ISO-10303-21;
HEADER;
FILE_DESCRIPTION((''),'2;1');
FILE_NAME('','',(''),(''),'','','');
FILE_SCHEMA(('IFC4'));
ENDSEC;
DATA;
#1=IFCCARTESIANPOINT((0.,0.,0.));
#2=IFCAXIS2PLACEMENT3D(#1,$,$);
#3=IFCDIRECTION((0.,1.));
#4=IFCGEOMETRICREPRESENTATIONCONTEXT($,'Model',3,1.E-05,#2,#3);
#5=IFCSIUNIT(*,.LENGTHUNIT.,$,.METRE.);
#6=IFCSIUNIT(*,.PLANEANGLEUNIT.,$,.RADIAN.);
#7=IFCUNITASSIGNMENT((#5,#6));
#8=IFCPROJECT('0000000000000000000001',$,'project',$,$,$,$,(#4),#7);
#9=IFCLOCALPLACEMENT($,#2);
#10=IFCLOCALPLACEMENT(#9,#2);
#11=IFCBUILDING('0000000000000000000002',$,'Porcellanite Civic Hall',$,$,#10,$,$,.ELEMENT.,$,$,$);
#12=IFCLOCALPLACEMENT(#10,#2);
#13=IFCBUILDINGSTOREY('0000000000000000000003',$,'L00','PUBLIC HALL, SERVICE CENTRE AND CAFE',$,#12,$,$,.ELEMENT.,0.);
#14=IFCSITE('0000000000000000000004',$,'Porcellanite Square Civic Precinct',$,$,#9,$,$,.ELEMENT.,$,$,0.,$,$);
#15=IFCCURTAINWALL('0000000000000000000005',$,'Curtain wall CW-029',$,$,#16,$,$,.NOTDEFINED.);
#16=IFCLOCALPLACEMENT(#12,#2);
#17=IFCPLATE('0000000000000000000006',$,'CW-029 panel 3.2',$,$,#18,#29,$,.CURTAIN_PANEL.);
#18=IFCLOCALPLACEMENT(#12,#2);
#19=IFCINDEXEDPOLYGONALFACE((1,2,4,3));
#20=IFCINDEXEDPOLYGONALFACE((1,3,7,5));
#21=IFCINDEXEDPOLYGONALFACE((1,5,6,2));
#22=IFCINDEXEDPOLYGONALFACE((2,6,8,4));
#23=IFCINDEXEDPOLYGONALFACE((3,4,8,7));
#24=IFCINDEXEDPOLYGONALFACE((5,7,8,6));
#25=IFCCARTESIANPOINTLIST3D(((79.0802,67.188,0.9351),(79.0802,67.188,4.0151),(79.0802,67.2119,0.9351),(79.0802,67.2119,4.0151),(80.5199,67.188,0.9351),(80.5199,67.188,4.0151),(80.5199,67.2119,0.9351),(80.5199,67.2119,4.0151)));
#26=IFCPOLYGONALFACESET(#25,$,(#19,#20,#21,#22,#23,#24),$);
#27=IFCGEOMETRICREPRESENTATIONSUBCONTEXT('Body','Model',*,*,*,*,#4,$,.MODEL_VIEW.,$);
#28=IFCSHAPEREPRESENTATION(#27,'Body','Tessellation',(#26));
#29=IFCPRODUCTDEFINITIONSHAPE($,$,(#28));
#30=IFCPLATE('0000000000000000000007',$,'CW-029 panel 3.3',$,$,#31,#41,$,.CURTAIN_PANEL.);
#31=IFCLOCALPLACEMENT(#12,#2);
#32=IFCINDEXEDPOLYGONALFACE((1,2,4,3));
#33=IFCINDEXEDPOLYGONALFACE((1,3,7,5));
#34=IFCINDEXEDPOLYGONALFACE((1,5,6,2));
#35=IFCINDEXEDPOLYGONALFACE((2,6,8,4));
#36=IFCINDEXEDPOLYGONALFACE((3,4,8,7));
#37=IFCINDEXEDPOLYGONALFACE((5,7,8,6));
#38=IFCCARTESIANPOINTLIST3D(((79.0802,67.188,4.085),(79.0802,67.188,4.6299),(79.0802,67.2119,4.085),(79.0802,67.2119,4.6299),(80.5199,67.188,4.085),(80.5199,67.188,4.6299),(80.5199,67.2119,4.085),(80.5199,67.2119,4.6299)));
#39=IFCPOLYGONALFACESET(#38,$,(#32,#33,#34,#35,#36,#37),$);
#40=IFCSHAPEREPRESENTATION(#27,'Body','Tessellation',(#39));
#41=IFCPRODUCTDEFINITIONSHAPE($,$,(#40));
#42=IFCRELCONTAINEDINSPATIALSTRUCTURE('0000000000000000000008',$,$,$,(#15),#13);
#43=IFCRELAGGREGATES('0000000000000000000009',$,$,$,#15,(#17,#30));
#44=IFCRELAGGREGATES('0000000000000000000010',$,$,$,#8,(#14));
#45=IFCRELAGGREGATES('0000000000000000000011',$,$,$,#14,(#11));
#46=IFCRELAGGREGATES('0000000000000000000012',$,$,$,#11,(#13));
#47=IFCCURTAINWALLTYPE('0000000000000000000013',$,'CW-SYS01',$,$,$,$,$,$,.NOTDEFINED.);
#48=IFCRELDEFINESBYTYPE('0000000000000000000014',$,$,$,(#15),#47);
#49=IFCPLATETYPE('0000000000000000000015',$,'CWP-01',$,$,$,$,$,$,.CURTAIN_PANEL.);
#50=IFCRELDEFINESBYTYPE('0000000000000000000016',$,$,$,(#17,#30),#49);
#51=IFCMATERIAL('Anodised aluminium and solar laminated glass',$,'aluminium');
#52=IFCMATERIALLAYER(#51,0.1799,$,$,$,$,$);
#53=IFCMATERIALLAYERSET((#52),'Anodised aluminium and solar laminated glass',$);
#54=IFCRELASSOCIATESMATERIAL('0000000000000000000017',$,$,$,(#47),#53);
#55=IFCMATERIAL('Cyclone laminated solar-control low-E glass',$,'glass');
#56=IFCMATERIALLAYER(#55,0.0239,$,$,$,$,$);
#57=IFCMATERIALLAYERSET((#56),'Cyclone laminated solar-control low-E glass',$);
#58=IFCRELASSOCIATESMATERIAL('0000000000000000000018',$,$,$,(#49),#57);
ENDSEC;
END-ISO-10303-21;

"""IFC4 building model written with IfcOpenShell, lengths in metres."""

from ifc_helpers import new_model, si_unit, direction, frame, origin, origin_2d, place, context, subcontext, project, spatial, rectangle, extrude, material, layer, layer_set, type_object, element, aggregate, save


model = new_model("IFC4")

# Units and contexts
model_context = context("Model", 3, precision=1e-05, world=origin(), true_north=direction((0.0, 1.0)))
body_context = subcontext(model_context, "Body", "Model", "MODEL_VIEW")
ifc_project = project(units=[si_unit("LENGTHUNIT", "METRE"), si_unit("PLANEANGLEUNIT", "RADIAN")], contexts=[model_context])

# Site, building, storey
site_placement = place(None, origin())
site = spatial("IfcSite", under=ifc_project, at=site_placement, Name="Porcellanite Square Civic Precinct", CompositionType="ELEMENT", RefElevation=0.0)
building_placement = place(site_placement, origin())
building = spatial("IfcBuilding", under=site, at=building_placement, Name="Porcellanite Civic Hall", CompositionType="ELEMENT")
storey_placement = place(building_placement, origin())
storey = spatial("IfcBuildingStorey", under=building, at=storey_placement, Name="L00", Description="PUBLIC HALL, SERVICE CENTRE AND CAFE", CompositionType="ELEMENT", Elevation=0.0)

# Curtain wall
ifc_material_1 = material(Name="Anodised aluminium and solar laminated glass", Category="aluminium")
ifc_layer_1 = layer(ifc_material_1, 0.1799)
ifc_layer_set_1 = layer_set([ifc_layer_1], Name="Anodised aluminium and solar laminated glass")
curtain_wall_type = type_object("IfcCurtainWallType", Name="CW-SYS01", PredefinedType="NOTDEFINED", material=ifc_layer_set_1)
curtain_wall_placement = place(storey_placement, origin())
curtain_wall = element("IfcCurtainWall", 1, at=curtain_wall_placement, inside=storey, type_object=curtain_wall_type, Name="Curtain wall CW-029", PredefinedType="NOTDEFINED")

# Plates
ifc_material_2 = material(Name="Cyclone laminated solar-control low-E glass", Category="glass")
ifc_layer_2 = layer(ifc_material_2, 0.0239)
ifc_layer_set_2 = layer_set([ifc_layer_2], Name="Cyclone laminated solar-control low-E glass")
plate_type = type_object("IfcPlateType", Name="CWP-01", PredefinedType="CURTAIN_PANEL", material=ifc_layer_set_2)
plate_1_placement = place(storey_placement, frame((79.8, 67.2, 0.9351), z_axis=(0.0, 0.0, 1.0), x_axis=(1.0, 0.0, 0.0)))
plate_1 = element("IfcPlate", 2, at=plate_1_placement, type_object=plate_type, Name="CW-029 panel 3.2", PredefinedType="CURTAIN_PANEL", context=body_context, shape_type="SweptSolid", body=[
    extrude(rectangle(XDim=1.4397, YDim=0.0239, at=origin_2d()), origin(), (0.0, 0.0, 1.0), 3.0801),
])
plate_2_placement = place(storey_placement, frame((79.8, 67.2, 4.085), z_axis=(0.0, 0.0, 1.0), x_axis=(1.0, 0.0, 0.0)))
plate_2 = element("IfcPlate", 3, at=plate_2_placement, type_object=plate_type, Name="CW-029 panel 3.3", PredefinedType="CURTAIN_PANEL", context=body_context, shape_type="SweptSolid", body=[
    extrude(rectangle(XDim=1.4397, YDim=0.0239, at=origin_2d()), origin(), (0.0, 0.0, 1.0), 0.5449),
])
aggregate(curtain_wall, [plate_1, plate_2])

save(model, "model.ifc")
